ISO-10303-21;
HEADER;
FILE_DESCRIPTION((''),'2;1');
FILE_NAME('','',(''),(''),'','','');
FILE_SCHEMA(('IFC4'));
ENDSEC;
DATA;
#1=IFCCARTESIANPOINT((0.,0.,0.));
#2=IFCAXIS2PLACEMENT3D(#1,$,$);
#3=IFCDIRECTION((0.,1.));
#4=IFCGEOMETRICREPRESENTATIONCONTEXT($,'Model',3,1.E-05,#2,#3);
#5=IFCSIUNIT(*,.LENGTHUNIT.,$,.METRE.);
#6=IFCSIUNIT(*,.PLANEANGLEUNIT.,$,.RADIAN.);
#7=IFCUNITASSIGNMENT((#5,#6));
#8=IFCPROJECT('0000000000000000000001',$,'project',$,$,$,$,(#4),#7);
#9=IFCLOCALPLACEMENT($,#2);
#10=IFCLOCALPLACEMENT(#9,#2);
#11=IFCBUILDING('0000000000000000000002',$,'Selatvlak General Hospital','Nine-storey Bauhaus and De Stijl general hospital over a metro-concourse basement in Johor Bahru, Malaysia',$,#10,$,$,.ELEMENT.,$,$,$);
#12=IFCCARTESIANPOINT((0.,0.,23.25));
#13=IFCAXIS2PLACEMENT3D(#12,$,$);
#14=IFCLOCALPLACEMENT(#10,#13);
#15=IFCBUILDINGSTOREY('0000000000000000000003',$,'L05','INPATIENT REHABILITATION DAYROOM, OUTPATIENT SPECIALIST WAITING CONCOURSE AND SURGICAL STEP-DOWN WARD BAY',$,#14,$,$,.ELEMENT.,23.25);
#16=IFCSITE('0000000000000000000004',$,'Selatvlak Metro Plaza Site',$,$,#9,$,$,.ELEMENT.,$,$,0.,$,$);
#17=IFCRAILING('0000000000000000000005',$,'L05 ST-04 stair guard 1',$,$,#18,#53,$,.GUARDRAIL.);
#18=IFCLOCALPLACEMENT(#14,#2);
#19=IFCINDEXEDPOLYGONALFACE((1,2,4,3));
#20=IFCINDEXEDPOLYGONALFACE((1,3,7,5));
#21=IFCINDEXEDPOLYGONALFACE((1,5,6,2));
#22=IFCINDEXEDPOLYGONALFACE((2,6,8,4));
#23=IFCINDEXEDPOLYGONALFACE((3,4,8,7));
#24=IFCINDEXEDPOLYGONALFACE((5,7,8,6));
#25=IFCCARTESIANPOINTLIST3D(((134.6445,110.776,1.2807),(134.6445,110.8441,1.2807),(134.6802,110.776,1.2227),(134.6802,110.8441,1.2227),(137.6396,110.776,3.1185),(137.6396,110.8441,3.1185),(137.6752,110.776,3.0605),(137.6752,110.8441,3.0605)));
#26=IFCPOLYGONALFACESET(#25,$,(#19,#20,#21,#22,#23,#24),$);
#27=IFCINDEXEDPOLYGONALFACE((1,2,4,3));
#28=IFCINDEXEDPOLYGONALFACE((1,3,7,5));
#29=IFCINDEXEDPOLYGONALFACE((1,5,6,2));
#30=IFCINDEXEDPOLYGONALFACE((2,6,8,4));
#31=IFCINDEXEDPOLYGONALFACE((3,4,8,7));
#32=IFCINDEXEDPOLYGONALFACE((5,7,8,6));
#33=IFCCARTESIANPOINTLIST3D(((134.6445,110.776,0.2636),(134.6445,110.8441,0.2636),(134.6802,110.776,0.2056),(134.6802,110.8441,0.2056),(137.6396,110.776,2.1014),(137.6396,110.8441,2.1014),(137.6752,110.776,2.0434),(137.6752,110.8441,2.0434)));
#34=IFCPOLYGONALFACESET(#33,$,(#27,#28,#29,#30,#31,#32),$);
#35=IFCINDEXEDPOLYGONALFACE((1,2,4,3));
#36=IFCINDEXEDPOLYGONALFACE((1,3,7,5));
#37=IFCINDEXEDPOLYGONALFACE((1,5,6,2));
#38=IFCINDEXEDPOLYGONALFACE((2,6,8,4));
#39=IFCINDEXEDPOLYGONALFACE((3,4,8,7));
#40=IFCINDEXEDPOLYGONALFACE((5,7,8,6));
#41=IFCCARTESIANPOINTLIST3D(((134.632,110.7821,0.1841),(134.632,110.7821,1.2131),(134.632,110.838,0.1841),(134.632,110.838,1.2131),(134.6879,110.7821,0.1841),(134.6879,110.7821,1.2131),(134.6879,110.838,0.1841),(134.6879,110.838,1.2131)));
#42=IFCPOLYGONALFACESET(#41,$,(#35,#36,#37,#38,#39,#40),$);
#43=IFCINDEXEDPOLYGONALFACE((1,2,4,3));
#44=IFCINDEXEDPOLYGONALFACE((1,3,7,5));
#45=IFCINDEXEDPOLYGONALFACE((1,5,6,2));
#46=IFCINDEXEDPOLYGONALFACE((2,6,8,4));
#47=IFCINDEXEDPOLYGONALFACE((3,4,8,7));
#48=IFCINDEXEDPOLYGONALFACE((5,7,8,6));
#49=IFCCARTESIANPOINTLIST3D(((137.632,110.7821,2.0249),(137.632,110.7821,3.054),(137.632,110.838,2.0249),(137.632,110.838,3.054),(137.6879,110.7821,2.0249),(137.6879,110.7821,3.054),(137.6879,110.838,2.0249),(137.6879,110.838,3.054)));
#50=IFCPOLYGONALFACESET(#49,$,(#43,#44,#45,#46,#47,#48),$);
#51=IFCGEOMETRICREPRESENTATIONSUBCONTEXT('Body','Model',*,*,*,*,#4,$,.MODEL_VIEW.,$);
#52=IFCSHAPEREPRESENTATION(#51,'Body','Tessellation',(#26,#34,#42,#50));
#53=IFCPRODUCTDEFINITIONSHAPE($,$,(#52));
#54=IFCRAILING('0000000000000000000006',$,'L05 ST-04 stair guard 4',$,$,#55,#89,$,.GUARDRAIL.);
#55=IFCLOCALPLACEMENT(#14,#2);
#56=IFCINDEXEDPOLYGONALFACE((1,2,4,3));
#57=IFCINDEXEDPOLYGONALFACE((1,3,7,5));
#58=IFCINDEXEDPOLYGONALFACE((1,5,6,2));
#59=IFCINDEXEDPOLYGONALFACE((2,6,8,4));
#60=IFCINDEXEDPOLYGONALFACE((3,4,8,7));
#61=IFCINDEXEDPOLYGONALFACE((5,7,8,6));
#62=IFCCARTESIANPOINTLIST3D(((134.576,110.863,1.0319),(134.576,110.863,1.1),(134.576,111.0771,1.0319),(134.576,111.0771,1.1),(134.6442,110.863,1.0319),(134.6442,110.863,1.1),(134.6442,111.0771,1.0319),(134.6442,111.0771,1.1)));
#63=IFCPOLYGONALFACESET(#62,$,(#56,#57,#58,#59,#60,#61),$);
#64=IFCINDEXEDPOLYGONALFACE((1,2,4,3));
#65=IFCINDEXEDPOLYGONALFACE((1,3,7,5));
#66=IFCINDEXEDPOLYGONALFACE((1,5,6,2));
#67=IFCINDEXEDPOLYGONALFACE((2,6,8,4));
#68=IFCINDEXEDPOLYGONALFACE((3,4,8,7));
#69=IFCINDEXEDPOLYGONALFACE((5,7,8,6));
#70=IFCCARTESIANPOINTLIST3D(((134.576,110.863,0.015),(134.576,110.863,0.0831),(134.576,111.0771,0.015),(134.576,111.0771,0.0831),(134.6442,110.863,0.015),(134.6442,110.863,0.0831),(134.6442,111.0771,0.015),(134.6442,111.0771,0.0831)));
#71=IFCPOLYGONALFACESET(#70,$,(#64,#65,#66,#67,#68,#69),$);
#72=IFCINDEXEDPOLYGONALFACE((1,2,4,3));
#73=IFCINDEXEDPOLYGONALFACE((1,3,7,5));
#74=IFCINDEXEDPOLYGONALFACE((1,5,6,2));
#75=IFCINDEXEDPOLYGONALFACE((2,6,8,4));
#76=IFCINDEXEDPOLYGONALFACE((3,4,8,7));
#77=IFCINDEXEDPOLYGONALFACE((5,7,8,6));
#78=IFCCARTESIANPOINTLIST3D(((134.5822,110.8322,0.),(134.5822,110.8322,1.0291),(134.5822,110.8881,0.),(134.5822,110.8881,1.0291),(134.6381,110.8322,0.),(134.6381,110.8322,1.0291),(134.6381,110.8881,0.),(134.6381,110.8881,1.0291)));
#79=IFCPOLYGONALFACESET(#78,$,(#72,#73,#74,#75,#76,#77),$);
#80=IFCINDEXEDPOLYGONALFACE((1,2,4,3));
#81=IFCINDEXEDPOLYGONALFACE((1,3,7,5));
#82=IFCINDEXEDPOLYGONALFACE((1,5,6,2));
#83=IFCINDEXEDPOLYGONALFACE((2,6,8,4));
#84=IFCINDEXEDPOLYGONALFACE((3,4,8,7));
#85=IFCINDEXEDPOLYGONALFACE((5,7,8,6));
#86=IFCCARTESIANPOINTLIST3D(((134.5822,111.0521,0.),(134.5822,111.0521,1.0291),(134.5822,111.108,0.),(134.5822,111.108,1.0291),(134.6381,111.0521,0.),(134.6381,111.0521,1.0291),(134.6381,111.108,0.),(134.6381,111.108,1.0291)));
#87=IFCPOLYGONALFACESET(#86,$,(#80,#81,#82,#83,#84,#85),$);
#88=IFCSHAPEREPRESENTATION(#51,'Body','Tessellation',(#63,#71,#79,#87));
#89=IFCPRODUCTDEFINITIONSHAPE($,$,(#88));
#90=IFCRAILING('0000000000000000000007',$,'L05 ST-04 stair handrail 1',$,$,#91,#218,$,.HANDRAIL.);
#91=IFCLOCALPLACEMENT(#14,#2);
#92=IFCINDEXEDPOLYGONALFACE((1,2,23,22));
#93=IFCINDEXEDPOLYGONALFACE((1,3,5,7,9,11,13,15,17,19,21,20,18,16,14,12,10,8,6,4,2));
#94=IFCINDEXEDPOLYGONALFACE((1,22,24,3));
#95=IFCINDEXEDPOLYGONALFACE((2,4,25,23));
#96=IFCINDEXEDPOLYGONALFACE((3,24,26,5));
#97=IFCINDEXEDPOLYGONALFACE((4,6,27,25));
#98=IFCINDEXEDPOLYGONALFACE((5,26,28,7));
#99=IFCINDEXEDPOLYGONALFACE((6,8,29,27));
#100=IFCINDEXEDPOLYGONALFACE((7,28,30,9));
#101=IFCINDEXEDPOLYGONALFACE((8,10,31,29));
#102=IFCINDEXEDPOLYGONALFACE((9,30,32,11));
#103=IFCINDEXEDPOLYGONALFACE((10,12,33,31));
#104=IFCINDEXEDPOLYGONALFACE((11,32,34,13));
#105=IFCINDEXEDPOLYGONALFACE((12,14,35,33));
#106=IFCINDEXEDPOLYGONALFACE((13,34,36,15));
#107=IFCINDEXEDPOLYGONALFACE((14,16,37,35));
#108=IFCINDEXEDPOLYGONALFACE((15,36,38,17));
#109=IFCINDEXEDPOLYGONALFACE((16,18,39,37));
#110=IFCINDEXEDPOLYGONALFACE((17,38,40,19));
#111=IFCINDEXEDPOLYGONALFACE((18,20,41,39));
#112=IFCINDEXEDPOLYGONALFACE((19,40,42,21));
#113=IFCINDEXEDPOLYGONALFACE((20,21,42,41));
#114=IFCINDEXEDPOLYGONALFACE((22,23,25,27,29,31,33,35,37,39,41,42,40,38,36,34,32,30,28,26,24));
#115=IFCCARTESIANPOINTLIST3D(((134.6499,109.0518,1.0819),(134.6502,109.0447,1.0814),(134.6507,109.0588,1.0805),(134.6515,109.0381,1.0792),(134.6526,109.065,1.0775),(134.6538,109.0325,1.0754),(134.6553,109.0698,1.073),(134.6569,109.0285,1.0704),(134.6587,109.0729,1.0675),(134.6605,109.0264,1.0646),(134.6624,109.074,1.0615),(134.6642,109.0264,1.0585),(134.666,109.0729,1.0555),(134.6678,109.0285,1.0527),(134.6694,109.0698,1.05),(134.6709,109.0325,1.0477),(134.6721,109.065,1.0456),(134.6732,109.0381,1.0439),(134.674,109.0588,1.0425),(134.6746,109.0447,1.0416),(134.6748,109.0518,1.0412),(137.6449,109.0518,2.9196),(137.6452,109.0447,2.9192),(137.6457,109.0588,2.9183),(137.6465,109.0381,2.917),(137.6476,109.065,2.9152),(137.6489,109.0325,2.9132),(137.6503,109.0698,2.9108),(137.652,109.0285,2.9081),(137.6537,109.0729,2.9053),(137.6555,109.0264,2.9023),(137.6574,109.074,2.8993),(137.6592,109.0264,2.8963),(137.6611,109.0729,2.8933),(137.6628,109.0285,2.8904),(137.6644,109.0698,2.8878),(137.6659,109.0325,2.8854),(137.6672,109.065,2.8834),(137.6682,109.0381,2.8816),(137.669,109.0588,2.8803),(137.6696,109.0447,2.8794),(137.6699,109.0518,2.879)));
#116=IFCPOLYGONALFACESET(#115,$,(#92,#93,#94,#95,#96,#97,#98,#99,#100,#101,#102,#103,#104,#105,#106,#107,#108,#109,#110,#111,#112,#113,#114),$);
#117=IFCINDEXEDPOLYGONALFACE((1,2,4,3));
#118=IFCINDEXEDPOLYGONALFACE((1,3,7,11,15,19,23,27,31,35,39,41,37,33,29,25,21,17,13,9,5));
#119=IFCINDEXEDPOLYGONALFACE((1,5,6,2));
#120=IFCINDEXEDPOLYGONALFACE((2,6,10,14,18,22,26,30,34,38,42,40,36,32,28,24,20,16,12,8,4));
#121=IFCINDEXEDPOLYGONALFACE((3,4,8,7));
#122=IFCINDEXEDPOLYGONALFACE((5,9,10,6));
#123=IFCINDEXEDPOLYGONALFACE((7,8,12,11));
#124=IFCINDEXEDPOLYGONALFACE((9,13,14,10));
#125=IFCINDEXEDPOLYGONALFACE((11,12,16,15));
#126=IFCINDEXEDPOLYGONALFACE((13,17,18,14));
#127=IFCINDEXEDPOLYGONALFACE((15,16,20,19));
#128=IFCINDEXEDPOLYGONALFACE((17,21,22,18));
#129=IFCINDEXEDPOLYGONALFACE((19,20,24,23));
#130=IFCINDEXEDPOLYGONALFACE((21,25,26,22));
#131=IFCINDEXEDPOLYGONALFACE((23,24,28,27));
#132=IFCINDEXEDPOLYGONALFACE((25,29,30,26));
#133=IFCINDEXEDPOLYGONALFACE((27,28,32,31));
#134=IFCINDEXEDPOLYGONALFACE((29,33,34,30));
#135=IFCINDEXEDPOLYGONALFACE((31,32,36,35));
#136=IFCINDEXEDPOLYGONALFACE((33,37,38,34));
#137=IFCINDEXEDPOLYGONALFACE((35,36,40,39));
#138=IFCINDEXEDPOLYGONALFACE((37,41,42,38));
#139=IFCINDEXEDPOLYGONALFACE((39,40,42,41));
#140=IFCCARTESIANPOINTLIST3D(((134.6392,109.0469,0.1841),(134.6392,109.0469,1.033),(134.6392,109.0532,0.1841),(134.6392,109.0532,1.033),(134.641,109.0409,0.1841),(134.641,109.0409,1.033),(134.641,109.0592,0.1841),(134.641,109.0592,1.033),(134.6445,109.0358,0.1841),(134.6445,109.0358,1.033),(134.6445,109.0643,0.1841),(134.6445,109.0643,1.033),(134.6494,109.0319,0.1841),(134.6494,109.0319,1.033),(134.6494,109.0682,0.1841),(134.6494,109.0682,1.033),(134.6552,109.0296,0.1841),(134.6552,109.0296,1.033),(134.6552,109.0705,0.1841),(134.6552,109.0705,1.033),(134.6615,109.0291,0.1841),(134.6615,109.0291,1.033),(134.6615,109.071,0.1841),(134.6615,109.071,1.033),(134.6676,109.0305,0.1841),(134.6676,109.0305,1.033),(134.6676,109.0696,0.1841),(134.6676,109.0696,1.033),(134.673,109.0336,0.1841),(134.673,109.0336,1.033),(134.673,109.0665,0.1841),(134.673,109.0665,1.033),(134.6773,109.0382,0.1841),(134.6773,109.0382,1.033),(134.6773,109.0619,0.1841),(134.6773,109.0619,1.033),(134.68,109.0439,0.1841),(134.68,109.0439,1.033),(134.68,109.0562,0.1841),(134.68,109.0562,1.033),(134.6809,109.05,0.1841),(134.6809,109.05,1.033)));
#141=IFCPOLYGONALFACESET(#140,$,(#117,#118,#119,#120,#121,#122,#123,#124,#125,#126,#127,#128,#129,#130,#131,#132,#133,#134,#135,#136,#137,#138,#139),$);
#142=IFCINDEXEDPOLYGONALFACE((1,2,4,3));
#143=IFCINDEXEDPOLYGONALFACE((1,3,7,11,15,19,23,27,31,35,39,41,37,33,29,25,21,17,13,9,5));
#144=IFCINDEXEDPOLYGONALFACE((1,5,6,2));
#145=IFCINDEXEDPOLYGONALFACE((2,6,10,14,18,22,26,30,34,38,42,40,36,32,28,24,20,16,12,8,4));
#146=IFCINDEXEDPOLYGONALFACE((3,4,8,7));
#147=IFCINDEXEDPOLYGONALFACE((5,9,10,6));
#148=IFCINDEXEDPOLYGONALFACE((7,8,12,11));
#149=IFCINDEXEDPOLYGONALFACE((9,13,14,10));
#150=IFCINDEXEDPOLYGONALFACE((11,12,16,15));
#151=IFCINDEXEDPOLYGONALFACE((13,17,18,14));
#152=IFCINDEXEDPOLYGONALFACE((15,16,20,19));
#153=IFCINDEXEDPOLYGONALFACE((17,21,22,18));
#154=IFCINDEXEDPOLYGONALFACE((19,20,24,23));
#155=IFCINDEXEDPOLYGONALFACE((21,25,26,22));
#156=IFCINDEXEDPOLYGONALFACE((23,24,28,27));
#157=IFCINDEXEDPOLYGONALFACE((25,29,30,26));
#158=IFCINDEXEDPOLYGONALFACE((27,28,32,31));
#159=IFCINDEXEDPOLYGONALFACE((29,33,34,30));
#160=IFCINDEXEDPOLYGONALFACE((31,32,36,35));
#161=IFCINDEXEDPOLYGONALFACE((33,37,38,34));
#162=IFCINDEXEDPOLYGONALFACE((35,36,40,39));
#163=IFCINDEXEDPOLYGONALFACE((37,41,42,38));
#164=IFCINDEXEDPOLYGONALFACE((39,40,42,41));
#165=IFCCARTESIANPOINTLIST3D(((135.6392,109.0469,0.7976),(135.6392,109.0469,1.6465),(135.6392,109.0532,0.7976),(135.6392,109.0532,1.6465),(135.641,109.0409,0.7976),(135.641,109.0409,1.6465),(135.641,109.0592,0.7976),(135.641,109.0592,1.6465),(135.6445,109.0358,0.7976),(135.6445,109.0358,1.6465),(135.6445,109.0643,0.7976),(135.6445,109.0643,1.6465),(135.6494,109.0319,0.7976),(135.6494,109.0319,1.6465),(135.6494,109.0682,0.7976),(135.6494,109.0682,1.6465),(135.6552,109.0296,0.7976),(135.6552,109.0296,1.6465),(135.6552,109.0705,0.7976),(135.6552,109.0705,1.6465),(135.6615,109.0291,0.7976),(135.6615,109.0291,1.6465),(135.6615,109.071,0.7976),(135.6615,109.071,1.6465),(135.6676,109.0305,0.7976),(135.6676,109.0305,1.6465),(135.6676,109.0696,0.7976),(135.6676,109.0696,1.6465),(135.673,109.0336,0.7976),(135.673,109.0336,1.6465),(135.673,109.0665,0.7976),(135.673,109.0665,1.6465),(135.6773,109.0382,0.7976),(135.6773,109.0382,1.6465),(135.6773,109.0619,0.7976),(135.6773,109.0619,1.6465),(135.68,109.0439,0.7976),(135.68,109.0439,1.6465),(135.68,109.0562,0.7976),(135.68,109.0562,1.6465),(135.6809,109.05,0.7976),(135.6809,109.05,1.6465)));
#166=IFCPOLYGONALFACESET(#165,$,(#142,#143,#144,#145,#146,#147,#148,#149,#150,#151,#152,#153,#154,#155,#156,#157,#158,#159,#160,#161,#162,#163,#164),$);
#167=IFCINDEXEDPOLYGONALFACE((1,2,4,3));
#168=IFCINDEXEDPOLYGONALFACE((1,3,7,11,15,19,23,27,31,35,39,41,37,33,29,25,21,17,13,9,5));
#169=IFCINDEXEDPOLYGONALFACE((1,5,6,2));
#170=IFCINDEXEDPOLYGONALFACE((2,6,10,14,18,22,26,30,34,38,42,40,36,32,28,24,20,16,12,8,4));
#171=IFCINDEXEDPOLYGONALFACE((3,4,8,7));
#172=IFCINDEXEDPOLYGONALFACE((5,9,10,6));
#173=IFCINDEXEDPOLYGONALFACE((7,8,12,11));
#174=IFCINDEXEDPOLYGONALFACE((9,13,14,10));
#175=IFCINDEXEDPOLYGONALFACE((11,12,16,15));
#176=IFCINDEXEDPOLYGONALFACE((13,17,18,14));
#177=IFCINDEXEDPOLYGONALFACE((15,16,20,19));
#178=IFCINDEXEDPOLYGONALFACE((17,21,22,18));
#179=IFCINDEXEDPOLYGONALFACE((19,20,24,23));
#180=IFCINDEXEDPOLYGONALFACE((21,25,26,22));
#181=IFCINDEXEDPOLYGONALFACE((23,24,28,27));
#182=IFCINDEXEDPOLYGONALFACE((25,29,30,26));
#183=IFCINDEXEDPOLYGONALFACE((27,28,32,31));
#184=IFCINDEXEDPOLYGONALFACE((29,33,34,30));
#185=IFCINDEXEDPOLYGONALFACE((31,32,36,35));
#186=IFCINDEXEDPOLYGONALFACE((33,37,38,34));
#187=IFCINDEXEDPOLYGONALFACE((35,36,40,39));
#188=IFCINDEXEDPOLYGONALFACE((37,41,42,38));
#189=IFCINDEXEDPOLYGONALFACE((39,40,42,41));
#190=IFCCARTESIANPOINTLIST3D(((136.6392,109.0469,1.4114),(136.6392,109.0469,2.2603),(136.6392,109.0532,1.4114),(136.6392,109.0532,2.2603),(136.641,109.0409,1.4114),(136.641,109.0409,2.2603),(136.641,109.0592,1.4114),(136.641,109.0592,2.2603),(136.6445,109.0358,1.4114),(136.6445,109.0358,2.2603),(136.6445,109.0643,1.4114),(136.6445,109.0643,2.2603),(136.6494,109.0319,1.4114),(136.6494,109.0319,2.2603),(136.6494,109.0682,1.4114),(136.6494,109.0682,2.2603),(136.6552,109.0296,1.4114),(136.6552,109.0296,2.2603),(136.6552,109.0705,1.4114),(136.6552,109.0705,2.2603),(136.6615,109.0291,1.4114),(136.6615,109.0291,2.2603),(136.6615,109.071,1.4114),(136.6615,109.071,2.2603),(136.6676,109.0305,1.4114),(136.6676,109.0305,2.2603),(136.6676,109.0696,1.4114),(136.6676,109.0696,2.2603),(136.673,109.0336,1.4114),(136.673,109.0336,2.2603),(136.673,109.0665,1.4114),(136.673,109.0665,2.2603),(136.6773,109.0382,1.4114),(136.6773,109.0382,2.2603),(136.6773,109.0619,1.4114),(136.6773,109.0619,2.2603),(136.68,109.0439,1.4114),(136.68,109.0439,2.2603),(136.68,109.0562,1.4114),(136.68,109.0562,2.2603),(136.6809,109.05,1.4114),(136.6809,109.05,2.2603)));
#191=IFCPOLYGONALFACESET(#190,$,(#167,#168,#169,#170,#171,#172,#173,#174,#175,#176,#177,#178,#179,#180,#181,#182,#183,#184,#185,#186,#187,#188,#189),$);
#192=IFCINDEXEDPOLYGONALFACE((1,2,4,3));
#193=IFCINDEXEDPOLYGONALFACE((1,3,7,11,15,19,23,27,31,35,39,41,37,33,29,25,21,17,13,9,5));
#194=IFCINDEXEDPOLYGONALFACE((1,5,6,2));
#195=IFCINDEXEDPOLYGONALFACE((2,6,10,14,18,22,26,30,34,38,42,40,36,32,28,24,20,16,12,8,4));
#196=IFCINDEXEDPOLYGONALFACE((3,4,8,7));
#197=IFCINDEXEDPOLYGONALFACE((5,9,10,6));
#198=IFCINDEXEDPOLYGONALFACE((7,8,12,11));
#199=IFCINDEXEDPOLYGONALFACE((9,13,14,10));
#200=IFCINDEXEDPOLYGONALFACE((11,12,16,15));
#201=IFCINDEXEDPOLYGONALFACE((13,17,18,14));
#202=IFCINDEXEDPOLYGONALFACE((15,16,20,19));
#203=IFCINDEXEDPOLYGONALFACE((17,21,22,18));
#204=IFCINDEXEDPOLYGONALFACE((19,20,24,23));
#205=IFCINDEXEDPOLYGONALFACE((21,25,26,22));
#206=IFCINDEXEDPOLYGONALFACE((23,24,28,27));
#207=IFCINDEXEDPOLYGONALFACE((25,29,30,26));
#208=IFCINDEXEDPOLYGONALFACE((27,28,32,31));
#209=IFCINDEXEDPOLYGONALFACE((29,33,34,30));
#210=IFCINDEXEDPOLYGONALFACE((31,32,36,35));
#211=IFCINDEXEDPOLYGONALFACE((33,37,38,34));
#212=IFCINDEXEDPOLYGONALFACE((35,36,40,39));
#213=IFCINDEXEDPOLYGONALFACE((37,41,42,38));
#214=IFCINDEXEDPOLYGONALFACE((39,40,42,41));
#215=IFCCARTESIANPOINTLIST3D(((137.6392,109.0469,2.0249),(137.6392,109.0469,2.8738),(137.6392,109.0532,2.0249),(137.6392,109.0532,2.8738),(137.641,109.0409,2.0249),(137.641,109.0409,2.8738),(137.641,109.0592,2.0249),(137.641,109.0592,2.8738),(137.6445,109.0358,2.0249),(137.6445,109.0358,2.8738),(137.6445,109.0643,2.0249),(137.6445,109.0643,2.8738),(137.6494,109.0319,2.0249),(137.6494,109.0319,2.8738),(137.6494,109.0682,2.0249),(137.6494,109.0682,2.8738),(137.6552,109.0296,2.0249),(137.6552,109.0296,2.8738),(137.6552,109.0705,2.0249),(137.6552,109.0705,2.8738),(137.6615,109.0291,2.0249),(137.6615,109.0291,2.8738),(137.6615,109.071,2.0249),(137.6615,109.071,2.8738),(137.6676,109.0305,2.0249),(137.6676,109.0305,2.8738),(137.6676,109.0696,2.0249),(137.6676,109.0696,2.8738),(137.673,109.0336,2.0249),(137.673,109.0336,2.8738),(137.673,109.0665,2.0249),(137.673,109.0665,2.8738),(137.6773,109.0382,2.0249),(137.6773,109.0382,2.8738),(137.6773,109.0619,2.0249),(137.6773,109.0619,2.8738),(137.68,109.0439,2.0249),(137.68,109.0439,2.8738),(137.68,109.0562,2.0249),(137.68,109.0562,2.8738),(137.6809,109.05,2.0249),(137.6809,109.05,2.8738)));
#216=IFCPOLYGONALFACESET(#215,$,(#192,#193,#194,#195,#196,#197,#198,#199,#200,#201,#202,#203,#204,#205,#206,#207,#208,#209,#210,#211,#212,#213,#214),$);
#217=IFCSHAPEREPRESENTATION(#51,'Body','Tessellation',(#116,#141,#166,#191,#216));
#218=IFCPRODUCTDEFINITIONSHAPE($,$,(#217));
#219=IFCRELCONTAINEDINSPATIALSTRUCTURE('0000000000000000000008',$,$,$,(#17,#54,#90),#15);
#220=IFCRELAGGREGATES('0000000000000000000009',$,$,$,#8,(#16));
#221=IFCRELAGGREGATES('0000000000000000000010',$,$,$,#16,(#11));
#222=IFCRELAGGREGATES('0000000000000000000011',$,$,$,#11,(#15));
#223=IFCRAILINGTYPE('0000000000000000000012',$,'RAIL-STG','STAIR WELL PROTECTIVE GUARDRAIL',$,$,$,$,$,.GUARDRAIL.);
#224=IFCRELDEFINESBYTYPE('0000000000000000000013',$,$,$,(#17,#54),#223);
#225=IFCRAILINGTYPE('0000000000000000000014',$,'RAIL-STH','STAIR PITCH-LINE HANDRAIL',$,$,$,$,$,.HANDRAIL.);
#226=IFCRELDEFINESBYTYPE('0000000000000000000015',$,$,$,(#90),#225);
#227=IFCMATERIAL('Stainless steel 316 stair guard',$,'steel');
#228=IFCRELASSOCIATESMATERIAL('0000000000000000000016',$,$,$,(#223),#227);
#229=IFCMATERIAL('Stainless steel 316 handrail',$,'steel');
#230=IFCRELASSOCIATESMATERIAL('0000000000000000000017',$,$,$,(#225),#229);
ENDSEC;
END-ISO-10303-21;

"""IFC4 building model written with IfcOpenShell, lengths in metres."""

from ifc_helpers import new_model, si_unit, direction, frame, origin, origin_2d, place, context, subcontext, project, spatial, rectangle, circle, extrude, material, type_object, element, save


model = new_model("IFC4")

# Units and contexts
model_context = context("Model", 3, precision=1e-05, world=origin(), true_north=direction((0.0, 1.0)))
body_context = subcontext(model_context, "Body", "Model", "MODEL_VIEW")
ifc_project = project(units=[si_unit("LENGTHUNIT", "METRE"), si_unit("PLANEANGLEUNIT", "RADIAN")], contexts=[model_context])

# Site, building, storey
site_placement = place(None, origin())
site = spatial("IfcSite", under=ifc_project, at=site_placement, Name="Selatvlak Metro Plaza Site", CompositionType="ELEMENT", RefElevation=0.0)
building_placement = place(site_placement, origin())
building = spatial("IfcBuilding", under=site, at=building_placement, Name="Selatvlak General Hospital", Description="Nine-storey Bauhaus and De Stijl general hospital over a metro-concourse basement in Johor Bahru, Malaysia", CompositionType="ELEMENT")
storey_placement = place(building_placement, frame((0.0, 0.0, 23.25)))
storey = spatial("IfcBuildingStorey", under=building, at=storey_placement, Name="L05", Description="INPATIENT REHABILITATION DAYROOM, OUTPATIENT SPECIALIST WAITING CONCOURSE AND SURGICAL STEP-DOWN WARD BAY", CompositionType="ELEMENT", Elevation=23.25)

# Railings
ifc_material_1 = material(Name="Stainless steel 316 stair guard", Category="steel")
railing_type_1 = type_object("IfcRailingType", Name="RAIL-STG", Description="STAIR WELL PROTECTIVE GUARDRAIL", PredefinedType="GUARDRAIL", material=ifc_material_1)
railing_1_placement = place(storey_placement, frame((134.6599, 110.8101, 0.1841)))
element("IfcRailing", 1, at=railing_1_placement, inside=storey, type_object=railing_type_1, Name="L05 ST-04 stair guard 1", PredefinedType="GUARDRAIL", context=body_context, shape_type="SweptSolid", body=[
    extrude(rectangle(XDim=0.0681, YDim=0.0681, at=origin_2d()), frame((0.0024, 0.0, 1.0676), z_axis=(0.852334, 0.0, 0.522998), x_axis=(0.0, 1.0, 0.0)), (0.0, 0.0, 1.0), 3.5139),
    extrude(rectangle(XDim=0.0681, YDim=0.0681, at=origin_2d()), frame((0.0024, 0.0, 0.0505), z_axis=(0.852334, 0.0, 0.522998), x_axis=(0.0, 1.0, 0.0)), (0.0, 0.0, 1.0), 3.5139),
    extrude(rectangle(XDim=0.0559, YDim=0.0559, at=origin_2d()), origin(), (0.0, 0.0, 1.0), 1.0291),
    extrude(rectangle(XDim=0.0559, YDim=0.0559, at=origin_2d()), frame((3.0, 0.0, 1.8408)), (0.0, 0.0, 1.0), 1.0291),
])
railing_2_placement = place(storey_placement, frame((134.6101, 110.8601, 0.0)))
element("IfcRailing", 2, at=railing_2_placement, inside=storey, type_object=railing_type_1, Name="L05 ST-04 stair guard 4", PredefinedType="GUARDRAIL", context=body_context, shape_type="SweptSolid", body=[
    extrude(rectangle(XDim=0.0681, YDim=0.0681, at=origin_2d()), frame((0.0, 0.0029, 1.0659), z_axis=(0.0, 1.0, 0.0), x_axis=(-1.0, 0.0, 0.0)), (0.0, 0.0, 1.0), 0.2141),
    extrude(rectangle(XDim=0.0681, YDim=0.0681, at=origin_2d()), frame((0.0, 0.0029, 0.0491), z_axis=(0.0, 1.0, 0.0), x_axis=(-1.0, 0.0, 0.0)), (0.0, 0.0, 1.0), 0.2141),
    extrude(rectangle(XDim=0.0559, YDim=0.0559, at=origin_2d()), origin(), (0.0, 0.0, 1.0), 1.0291),
    extrude(rectangle(XDim=0.0559, YDim=0.0559, at=origin_2d()), frame((0.0, 0.22, 0.0)), (0.0, 0.0, 1.0), 1.0291),
])
ifc_material_2 = material(Name="Stainless steel 316 handrail", Category="steel")
railing_type_2 = type_object("IfcRailingType", Name="RAIL-STH", Description="STAIR PITCH-LINE HANDRAIL", PredefinedType="HANDRAIL", material=ifc_material_2)
railing_3_placement = place(storey_placement, frame((134.6599, 109.05, 0.1841)))
element("IfcRailing", 3, at=railing_3_placement, inside=storey, type_object=railing_type_2, Name="L05 ST-04 stair handrail 1", PredefinedType="HANDRAIL", context=body_context, shape_type="SweptSolid", body=[
    extrude(circle(Radius=0.0239, at=origin_2d()), frame((0.0024, 0.0, 0.8774), z_axis=(0.852334, 0.0, 0.522998), x_axis=(0.0, 1.0, 0.0)), (0.0, 0.0, 1.0), 3.5139),
    extrude(circle(Radius=0.021, at=origin_2d()), origin(), (0.0, 0.0, 1.0), 0.8489),
    extrude(circle(Radius=0.021, at=origin_2d()), frame((1.0, 0.0, 0.6135)), (0.0, 0.0, 1.0), 0.8489),
    extrude(circle(Radius=0.021, at=origin_2d()), frame((2.0, 0.0, 1.2273)), (0.0, 0.0, 1.0), 0.8489),
    extrude(circle(Radius=0.021, at=origin_2d()), frame((3.0, 0.0, 1.8408)), (0.0, 0.0, 1.0), 0.8489),
])

save(model, "model.ifc")
